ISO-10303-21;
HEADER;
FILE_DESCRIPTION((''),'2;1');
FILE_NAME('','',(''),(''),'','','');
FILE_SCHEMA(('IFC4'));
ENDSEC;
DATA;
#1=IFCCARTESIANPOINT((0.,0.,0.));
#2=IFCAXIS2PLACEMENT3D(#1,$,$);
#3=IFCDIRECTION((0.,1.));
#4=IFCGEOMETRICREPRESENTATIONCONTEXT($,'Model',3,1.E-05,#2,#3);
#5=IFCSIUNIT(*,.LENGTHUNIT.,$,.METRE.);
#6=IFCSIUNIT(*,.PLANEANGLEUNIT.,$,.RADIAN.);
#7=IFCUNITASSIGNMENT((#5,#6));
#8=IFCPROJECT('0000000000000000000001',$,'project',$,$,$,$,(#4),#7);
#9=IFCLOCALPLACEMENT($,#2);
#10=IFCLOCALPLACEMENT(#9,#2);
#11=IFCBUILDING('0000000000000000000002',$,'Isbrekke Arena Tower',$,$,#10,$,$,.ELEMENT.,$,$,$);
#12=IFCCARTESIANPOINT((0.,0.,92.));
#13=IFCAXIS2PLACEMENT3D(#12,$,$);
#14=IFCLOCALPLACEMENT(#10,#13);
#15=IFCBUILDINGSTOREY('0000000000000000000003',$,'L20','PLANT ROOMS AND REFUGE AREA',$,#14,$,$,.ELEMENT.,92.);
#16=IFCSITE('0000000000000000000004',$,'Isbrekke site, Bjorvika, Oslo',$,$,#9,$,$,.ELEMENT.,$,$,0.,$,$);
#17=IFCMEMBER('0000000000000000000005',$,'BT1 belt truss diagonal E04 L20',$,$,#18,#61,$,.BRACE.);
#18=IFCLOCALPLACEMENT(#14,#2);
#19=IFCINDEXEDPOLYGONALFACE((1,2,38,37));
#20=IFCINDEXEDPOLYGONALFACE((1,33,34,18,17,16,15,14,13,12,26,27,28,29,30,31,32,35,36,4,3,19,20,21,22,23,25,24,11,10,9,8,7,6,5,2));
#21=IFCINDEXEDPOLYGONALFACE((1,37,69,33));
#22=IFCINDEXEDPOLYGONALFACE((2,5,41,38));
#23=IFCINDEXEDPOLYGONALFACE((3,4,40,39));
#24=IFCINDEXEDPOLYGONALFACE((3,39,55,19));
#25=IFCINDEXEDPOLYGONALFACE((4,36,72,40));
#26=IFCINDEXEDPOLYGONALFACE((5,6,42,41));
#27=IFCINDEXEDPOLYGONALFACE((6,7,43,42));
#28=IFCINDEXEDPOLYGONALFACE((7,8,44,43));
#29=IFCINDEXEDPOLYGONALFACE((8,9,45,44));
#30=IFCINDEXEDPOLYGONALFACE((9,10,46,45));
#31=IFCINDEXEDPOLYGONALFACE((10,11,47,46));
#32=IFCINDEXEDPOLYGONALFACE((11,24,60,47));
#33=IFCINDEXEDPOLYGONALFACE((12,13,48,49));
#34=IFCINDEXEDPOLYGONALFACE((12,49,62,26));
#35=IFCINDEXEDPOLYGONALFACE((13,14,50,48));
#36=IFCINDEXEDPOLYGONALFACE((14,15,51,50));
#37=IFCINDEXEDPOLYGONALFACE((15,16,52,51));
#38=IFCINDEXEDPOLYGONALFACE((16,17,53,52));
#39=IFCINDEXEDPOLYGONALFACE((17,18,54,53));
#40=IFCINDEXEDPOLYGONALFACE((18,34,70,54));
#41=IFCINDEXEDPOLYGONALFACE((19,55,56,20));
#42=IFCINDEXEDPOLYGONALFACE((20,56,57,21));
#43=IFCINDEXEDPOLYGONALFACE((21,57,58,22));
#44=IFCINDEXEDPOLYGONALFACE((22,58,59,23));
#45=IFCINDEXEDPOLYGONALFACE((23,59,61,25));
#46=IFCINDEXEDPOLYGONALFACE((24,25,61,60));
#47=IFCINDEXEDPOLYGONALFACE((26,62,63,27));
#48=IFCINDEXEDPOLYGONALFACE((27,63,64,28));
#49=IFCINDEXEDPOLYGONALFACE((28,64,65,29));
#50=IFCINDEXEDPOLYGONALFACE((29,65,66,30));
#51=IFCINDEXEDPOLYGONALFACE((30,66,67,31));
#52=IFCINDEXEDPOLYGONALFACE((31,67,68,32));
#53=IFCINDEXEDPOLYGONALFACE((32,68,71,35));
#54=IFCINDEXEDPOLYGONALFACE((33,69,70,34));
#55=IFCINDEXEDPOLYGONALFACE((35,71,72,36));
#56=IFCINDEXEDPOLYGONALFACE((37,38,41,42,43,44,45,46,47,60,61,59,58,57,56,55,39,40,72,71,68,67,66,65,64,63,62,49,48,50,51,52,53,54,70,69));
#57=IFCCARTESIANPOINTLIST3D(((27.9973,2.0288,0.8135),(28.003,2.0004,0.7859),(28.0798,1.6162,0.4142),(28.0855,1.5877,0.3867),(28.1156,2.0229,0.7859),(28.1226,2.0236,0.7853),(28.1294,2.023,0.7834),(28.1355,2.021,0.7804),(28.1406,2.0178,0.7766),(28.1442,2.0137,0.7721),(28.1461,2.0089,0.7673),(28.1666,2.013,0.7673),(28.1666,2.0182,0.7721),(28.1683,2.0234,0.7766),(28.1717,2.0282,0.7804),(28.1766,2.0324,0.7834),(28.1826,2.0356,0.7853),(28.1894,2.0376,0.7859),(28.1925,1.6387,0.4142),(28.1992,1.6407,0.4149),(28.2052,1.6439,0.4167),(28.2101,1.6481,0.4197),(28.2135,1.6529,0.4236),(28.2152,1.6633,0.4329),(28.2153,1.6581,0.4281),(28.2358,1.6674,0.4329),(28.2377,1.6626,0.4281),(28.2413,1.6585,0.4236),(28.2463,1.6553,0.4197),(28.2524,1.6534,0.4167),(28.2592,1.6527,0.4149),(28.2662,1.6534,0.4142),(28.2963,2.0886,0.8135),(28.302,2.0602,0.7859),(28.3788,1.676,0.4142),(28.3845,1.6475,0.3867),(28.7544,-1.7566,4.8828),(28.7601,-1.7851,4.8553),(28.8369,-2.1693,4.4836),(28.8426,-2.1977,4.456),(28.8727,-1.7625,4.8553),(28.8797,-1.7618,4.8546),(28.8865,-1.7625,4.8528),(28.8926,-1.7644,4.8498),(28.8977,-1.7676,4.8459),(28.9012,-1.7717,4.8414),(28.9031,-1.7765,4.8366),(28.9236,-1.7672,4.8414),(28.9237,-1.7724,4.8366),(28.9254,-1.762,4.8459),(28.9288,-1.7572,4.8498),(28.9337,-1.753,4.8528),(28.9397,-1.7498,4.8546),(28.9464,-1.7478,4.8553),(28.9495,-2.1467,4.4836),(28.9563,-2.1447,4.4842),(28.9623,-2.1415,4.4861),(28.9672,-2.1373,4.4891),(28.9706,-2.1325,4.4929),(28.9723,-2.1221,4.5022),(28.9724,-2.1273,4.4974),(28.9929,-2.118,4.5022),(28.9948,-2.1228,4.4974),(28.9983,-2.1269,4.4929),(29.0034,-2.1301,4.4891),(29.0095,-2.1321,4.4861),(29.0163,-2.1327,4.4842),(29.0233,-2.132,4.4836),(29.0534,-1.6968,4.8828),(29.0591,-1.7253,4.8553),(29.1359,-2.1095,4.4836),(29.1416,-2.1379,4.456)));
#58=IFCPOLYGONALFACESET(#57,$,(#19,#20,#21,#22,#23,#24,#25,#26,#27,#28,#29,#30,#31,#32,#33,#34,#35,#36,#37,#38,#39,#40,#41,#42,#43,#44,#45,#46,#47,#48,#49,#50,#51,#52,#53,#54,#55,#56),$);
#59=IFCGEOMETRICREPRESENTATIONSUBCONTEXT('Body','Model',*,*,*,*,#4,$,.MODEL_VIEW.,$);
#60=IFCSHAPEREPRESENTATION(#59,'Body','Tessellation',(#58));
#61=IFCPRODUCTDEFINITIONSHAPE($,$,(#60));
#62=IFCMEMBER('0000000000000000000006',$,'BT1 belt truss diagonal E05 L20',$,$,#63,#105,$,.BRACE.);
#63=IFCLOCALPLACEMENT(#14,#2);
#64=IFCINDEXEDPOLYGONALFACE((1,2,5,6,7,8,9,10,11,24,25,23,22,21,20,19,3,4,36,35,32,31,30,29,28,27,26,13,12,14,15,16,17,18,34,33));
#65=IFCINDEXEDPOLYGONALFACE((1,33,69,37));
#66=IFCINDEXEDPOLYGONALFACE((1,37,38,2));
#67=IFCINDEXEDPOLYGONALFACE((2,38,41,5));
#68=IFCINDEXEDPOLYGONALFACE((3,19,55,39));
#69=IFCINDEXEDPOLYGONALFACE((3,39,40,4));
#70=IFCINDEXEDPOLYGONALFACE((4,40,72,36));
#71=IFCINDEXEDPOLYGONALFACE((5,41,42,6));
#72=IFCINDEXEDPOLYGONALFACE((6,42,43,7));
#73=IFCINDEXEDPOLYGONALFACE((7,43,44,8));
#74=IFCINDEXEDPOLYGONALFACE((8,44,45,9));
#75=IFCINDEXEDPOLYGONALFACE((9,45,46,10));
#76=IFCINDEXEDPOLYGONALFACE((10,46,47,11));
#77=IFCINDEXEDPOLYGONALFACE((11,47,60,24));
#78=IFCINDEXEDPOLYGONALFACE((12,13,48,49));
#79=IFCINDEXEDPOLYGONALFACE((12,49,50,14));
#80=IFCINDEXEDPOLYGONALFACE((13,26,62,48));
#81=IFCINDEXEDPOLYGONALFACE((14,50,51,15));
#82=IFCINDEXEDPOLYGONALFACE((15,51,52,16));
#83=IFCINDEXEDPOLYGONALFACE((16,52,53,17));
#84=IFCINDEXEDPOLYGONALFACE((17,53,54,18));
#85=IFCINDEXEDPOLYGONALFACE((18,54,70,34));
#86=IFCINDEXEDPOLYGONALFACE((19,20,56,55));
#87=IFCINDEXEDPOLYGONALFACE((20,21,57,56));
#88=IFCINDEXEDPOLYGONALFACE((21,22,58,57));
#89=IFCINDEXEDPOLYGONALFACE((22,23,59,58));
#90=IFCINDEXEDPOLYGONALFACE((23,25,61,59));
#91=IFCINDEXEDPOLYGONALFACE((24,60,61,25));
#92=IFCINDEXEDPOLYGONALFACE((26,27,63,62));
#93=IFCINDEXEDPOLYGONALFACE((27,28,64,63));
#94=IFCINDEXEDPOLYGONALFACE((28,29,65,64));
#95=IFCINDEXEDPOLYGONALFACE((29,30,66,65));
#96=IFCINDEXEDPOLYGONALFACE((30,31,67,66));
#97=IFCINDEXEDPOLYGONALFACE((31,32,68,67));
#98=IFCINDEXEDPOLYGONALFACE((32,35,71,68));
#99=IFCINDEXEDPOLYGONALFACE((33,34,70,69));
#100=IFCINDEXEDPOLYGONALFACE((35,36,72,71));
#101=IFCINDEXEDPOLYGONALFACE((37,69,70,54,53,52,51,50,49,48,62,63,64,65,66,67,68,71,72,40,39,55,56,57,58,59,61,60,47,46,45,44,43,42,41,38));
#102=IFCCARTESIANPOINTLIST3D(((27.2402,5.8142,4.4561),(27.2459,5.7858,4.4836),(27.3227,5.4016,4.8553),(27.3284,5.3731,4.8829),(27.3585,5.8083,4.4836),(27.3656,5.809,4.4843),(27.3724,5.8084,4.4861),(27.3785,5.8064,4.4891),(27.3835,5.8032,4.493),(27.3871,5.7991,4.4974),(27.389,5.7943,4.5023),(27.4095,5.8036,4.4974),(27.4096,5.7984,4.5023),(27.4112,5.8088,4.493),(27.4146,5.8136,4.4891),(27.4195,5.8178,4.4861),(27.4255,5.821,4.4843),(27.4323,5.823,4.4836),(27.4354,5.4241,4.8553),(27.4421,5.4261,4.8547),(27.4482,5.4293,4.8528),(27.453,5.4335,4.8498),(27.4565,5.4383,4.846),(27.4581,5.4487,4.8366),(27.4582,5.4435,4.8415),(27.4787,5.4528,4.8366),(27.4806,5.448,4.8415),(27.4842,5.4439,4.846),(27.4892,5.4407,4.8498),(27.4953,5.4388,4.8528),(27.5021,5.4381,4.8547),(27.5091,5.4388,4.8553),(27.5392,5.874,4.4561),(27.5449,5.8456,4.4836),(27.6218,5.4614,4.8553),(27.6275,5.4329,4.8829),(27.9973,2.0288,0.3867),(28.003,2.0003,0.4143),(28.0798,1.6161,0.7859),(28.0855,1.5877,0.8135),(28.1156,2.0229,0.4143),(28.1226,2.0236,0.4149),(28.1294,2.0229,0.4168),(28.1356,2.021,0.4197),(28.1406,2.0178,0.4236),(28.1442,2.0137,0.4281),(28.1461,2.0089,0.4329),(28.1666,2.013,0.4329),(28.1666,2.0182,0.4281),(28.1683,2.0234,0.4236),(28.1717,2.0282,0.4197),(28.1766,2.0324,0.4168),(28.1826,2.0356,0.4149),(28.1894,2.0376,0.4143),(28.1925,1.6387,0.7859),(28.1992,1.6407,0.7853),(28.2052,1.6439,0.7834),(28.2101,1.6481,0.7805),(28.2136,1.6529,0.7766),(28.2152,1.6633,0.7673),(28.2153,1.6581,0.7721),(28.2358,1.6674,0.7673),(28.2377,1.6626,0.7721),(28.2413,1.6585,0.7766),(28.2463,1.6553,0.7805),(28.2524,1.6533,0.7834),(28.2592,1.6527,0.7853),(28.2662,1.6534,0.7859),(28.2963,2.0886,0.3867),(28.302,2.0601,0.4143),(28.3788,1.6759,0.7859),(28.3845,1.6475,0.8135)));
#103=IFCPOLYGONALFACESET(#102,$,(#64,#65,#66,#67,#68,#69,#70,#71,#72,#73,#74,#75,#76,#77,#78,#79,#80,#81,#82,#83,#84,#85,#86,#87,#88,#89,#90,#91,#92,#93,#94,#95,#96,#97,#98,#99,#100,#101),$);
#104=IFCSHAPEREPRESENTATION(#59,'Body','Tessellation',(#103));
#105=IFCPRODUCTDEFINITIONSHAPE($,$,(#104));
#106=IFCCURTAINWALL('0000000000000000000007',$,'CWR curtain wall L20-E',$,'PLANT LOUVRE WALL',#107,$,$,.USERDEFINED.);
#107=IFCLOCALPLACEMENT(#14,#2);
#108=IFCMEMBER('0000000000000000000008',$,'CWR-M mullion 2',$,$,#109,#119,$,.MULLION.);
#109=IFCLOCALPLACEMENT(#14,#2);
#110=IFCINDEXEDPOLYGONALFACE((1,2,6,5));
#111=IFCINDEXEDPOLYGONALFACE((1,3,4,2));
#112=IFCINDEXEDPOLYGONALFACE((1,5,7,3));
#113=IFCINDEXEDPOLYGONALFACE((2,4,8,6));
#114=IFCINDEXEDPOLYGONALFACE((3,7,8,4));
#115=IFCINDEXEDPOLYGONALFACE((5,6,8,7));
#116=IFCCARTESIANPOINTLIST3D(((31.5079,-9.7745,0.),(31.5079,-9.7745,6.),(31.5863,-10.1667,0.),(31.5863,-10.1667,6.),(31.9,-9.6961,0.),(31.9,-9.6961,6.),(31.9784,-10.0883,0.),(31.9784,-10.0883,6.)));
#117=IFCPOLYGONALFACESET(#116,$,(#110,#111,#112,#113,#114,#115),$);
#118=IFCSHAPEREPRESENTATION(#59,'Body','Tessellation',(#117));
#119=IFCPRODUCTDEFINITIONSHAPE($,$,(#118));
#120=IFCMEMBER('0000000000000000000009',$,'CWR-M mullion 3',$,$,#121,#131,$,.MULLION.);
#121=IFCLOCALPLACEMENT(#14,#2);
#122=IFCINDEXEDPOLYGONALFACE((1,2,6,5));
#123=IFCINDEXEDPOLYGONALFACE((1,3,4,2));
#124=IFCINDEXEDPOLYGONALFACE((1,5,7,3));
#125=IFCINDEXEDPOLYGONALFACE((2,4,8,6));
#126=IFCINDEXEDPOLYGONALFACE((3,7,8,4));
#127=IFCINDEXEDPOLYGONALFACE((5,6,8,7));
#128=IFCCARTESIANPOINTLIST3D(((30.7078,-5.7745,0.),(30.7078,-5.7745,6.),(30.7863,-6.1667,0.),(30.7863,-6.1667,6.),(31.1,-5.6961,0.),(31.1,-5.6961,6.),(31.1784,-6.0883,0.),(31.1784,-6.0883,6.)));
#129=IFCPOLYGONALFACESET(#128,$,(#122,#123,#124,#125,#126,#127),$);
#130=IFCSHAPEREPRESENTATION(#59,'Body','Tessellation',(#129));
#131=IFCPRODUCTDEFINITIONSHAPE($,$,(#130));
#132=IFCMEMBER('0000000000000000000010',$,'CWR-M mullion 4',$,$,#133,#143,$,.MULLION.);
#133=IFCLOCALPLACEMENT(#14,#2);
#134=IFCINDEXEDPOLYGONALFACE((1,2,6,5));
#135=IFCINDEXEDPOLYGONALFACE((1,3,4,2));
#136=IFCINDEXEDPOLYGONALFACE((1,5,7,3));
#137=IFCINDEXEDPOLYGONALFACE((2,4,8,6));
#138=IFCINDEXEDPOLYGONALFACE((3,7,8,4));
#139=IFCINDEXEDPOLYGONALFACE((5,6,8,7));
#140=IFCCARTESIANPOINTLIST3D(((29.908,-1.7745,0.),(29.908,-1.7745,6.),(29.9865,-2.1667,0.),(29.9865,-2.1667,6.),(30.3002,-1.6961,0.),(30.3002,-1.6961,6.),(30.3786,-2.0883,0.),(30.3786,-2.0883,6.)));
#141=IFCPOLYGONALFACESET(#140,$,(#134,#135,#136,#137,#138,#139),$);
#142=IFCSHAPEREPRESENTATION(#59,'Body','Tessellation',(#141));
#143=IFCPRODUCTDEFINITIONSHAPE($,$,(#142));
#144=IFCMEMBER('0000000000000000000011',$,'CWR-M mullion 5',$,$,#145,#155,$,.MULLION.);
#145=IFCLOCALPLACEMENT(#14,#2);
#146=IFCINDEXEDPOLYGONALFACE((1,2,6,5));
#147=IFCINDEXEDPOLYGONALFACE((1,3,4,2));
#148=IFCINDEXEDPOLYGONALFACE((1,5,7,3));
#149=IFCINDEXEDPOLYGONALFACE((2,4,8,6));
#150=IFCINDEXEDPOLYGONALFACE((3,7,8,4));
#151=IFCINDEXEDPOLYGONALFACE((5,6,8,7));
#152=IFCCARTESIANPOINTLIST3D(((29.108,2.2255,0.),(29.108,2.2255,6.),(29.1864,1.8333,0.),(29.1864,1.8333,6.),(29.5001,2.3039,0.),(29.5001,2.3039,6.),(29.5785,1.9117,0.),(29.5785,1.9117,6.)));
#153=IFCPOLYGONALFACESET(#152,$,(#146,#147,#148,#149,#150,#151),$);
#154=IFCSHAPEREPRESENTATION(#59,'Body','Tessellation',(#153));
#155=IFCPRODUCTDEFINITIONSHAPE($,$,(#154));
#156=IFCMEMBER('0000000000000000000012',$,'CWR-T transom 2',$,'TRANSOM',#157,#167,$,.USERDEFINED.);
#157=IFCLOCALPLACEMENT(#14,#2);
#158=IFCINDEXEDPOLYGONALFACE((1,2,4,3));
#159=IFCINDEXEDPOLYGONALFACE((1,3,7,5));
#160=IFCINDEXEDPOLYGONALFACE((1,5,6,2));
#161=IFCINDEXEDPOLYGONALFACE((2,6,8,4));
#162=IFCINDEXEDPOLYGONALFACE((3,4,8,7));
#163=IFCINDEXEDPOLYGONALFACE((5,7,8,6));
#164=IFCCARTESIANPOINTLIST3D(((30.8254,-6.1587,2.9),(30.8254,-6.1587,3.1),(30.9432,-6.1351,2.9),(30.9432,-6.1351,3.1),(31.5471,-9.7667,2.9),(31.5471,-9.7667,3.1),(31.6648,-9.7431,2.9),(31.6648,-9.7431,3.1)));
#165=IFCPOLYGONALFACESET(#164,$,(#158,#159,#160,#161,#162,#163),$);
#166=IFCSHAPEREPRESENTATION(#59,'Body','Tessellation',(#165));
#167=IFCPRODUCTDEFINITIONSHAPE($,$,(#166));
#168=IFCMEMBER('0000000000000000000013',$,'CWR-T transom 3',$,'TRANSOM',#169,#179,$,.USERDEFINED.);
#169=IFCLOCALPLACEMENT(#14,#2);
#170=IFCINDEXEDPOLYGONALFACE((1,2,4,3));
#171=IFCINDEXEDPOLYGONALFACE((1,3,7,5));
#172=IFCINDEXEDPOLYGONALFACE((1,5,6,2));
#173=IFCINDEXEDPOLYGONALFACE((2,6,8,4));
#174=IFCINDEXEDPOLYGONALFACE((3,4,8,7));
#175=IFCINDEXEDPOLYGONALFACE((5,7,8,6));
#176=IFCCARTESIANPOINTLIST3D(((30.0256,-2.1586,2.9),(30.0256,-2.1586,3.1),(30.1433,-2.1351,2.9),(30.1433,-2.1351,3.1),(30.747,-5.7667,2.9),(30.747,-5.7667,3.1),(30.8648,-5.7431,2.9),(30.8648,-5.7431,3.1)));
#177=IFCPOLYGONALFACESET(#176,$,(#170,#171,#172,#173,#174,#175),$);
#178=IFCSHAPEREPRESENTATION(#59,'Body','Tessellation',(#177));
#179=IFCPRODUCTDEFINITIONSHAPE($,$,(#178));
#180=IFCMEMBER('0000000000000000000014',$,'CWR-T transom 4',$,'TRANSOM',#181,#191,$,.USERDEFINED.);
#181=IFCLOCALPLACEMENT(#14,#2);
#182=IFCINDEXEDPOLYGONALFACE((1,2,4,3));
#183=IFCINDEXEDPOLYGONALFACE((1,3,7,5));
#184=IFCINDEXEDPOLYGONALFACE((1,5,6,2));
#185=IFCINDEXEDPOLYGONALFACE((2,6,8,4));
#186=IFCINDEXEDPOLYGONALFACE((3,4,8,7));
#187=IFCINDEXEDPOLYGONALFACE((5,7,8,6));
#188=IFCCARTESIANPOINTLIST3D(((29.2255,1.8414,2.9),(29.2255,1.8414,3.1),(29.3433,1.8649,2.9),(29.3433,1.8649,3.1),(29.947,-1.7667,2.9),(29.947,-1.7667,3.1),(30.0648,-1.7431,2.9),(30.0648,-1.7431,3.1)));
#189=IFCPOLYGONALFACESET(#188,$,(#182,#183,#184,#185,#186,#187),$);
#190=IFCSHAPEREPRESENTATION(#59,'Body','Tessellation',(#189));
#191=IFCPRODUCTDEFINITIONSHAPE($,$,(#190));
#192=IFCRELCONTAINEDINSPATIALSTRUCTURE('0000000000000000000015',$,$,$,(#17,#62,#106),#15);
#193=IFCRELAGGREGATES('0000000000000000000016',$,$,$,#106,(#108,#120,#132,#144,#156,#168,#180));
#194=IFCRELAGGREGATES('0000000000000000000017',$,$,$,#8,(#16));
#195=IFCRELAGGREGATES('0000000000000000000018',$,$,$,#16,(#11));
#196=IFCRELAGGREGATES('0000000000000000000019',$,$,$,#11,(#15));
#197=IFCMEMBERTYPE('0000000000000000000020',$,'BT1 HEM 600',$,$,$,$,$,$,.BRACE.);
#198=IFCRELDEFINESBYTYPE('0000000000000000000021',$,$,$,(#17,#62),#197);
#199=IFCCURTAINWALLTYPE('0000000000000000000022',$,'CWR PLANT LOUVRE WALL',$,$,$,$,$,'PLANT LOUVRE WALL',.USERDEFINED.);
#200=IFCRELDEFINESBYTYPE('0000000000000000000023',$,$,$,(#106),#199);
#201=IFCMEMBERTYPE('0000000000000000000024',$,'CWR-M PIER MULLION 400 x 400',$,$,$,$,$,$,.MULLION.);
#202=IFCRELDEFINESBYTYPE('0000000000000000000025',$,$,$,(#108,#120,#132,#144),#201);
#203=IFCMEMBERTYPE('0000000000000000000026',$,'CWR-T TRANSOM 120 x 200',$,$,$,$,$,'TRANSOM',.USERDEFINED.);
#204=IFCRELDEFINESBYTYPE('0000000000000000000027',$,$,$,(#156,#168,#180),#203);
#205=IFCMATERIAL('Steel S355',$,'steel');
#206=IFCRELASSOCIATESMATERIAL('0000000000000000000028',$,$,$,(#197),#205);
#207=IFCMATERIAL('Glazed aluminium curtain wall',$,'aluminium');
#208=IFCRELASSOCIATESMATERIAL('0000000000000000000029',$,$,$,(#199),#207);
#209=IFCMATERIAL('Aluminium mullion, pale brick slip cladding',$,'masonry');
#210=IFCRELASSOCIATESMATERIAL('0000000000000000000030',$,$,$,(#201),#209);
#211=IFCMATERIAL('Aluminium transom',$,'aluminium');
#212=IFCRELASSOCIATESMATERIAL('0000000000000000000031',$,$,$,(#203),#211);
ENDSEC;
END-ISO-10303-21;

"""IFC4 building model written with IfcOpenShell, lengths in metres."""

from ifc_helpers import new_model, si_unit, direction, frame, origin, origin_2d, place, context, subcontext, project, spatial, rectangle, i_section, extrude, material, material_profile, profile_set, type_object, element, aggregate, save


model = new_model("IFC4")

# Units and contexts
model_context = context("Model", 3, precision=1e-05, world=origin(), true_north=direction((0.0, 1.0)))
body_context = subcontext(model_context, "Body", "Model", "MODEL_VIEW")
ifc_project = project(units=[si_unit("LENGTHUNIT", "METRE"), si_unit("PLANEANGLEUNIT", "RADIAN")], contexts=[model_context])

# Site, building, storey
site_placement = place(None, origin())
site = spatial("IfcSite", under=ifc_project, at=site_placement, Name="Isbrekke site, Bjorvika, Oslo", CompositionType="ELEMENT", RefElevation=0.0)
building_placement = place(site_placement, origin())
building = spatial("IfcBuilding", under=site, at=building_placement, Name="Isbrekke Arena Tower", CompositionType="ELEMENT")
storey_placement = place(building_placement, frame((0.0, 0.0, 92.0)))
storey = spatial("IfcBuildingStorey", under=building, at=storey_placement, Name="L20", Description="PLANT ROOMS AND REFUGE AREA", CompositionType="ELEMENT", Elevation=92.0)

# Members
ifc_material_1 = material(Name="Steel S355", Category="steel")
ifc_material_profile_1 = material_profile(ifc_material_1, i_section(OverallWidth=0.3049, OverallDepth=0.6201, WebThickness=0.021, FlangeThickness=0.04, FilletRadius=0.0271, at=origin_2d()), Name="HEM 600")
ifc_profile_set_1 = profile_set([ifc_material_profile_1], Name="Steel S355")
member_type_1 = type_object("IfcMemberType", Name="BT1 HEM 600", PredefinedType="BRACE", material=ifc_profile_set_1)
for number, where, z_axis, x_axis, name in (
    (1, (28.948, -1.9473, 4.6694), (-0.134974, 0.674869, -0.725489), (-0.980581, -0.196116, 0.0), "BT1 belt truss diagonal E04 L20"),
    (2, (28.1909, 1.8381, 0.6001), (-0.134974, 0.674869, 0.725489), (-0.980581, -0.196116, 0.0), "BT1 belt truss diagonal E05 L20"),
):
    element("IfcMember", number, at=place(storey_placement, frame(where, z_axis=z_axis, x_axis=x_axis)), inside=storey, type_object=member_type_1, Name=name, PredefinedType="BRACE", context=body_context, shape_type="SweptSolid", body=[
        extrude(i_section(OverallWidth=0.3049, OverallDepth=0.6201, WebThickness=0.021, FlangeThickness=0.04, FilletRadius=0.0271, at=origin_2d()), origin(), (0.0, 0.0, 1.0), 5.6091),
    ])

# Curtain wall, members
ifc_material_2 = material(Name="Glazed aluminium curtain wall", Category="aluminium")
curtain_wall_type = type_object("IfcCurtainWallType", Name="CWR PLANT LOUVRE WALL", ElementType="PLANT LOUVRE WALL", PredefinedType="USERDEFINED", material=ifc_material_2)
curtain_wall_placement = place(storey_placement, origin())
curtain_wall = element("IfcCurtainWall", 3, at=curtain_wall_placement, inside=storey, type_object=curtain_wall_type, Name="CWR curtain wall L20-E", ObjectType="PLANT LOUVRE WALL", PredefinedType="USERDEFINED")
ifc_material_3 = material(Name="Aluminium mullion, pale brick slip cladding", Category="masonry")
ifc_material_profile_2 = material_profile(ifc_material_3, rectangle(XDim=0.3999, YDim=0.3999, at=origin_2d()), Name="PIER 400X400")
ifc_profile_set_2 = profile_set([ifc_material_profile_2], Name="Aluminium mullion, pale brick slip cladding")
member_type_2 = type_object("IfcMemberType", Name="CWR-M PIER MULLION 400 x 400", PredefinedType="MULLION", material=ifc_profile_set_2)
member_1_placement = place(storey_placement, frame((31.7432, -9.9314, 0.0), z_axis=(0.0, 0.0, 1.0), x_axis=(-0.196116, 0.980581, 0.0)))
member_1 = element("IfcMember", 4, at=member_1_placement, type_object=member_type_2, Name="CWR-M mullion 2", PredefinedType="MULLION", context=body_context, shape_type="SweptSolid", body=[
    extrude(rectangle(XDim=0.3999, YDim=0.3999, at=origin_2d()), origin(), (0.0, 0.0, 1.0), 6.0),
])
member_2_placement = place(storey_placement, frame((30.9431, -5.9314, 0.0), z_axis=(0.0, 0.0, 1.0), x_axis=(-0.196116, 0.980581, 0.0)))
member_2 = element("IfcMember", 5, at=member_2_placement, type_object=member_type_2, Name="CWR-M mullion 3", PredefinedType="MULLION", context=body_context, shape_type="SweptSolid", body=[
    extrude(rectangle(XDim=0.3999, YDim=0.3999, at=origin_2d()), origin(), (0.0, 0.0, 1.0), 6.0),
])
member_3_placement = place(storey_placement, frame((30.1433, -1.9314, 0.0), z_axis=(0.0, 0.0, 1.0), x_axis=(-0.196116, 0.980581, 0.0)))
member_3 = element("IfcMember", 6, at=member_3_placement, type_object=member_type_2, Name="CWR-M mullion 4", PredefinedType="MULLION", context=body_context, shape_type="SweptSolid", body=[
    extrude(rectangle(XDim=0.3999, YDim=0.3999, at=origin_2d()), origin(), (0.0, 0.0, 1.0), 6.0),
])
member_4_placement = place(storey_placement, frame((29.3433, 2.0686, 0.0), z_axis=(0.0, 0.0, 1.0), x_axis=(-0.196116, 0.980581, 0.0)))
member_4 = element("IfcMember", 7, at=member_4_placement, type_object=member_type_2, Name="CWR-M mullion 5", PredefinedType="MULLION", context=body_context, shape_type="SweptSolid", body=[
    extrude(rectangle(XDim=0.3999, YDim=0.3999, at=origin_2d()), origin(), (0.0, 0.0, 1.0), 6.0),
])
ifc_material_4 = material(Name="Aluminium transom", Category="aluminium")
ifc_material_profile_3 = material_profile(ifc_material_4, rectangle(XDim=0.1201, YDim=0.2, at=origin_2d()), Name="TRANSOM 120X200")
ifc_profile_set_3 = profile_set([ifc_material_profile_3], Name="Aluminium transom")
member_type_3 = type_object("IfcMemberType", Name="CWR-T TRANSOM 120 x 200", ElementType="TRANSOM", PredefinedType="USERDEFINED", material=ifc_profile_set_3)
member_5_placement = place(storey_placement, frame((31.606, -9.7549, 3.0), z_axis=(-0.196142, 0.980576, 0.0), x_axis=(-0.980576, -0.196142, 0.0)))
member_5 = element("IfcMember", 8, at=member_5_placement, type_object=member_type_3, Name="CWR-T transom 2", ObjectType="TRANSOM", PredefinedType="USERDEFINED", context=body_context, shape_type="SweptSolid", body=[
    extrude(rectangle(XDim=0.1201, YDim=0.2, at=origin_2d()), origin(), (0.0, 0.0, 1.0), 3.6794),
])
member_6_placement = place(storey_placement, frame((30.8059, -5.7549, 3.0), z_axis=(-0.196078, 0.980588, 0.0), x_axis=(-0.980588, -0.196078, 0.0)))
member_6 = element("IfcMember", 9, at=member_6_placement, type_object=member_type_3, Name="CWR-T transom 3", ObjectType="TRANSOM", PredefinedType="USERDEFINED", context=body_context, shape_type="SweptSolid", body=[
    extrude(rectangle(XDim=0.1201, YDim=0.2, at=origin_2d()), origin(), (0.0, 0.0, 1.0), 3.6794),
])
member_7_placement = place(storey_placement, frame((30.0059, -1.7549, 3.0), z_axis=(-0.196078, 0.980588, 0.0), x_axis=(-0.980588, -0.196078, 0.0)))
member_7 = element("IfcMember", 10, at=member_7_placement, type_object=member_type_3, Name="CWR-T transom 4", ObjectType="TRANSOM", PredefinedType="USERDEFINED", context=body_context, shape_type="SweptSolid", body=[
    extrude(rectangle(XDim=0.1201, YDim=0.2, at=origin_2d()), origin(), (0.0, 0.0, 1.0), 3.6794),
])

aggregate(curtain_wall, [member_1, member_2, member_3, member_4, member_5, member_6, member_7])

save(model, "model.ifc")
